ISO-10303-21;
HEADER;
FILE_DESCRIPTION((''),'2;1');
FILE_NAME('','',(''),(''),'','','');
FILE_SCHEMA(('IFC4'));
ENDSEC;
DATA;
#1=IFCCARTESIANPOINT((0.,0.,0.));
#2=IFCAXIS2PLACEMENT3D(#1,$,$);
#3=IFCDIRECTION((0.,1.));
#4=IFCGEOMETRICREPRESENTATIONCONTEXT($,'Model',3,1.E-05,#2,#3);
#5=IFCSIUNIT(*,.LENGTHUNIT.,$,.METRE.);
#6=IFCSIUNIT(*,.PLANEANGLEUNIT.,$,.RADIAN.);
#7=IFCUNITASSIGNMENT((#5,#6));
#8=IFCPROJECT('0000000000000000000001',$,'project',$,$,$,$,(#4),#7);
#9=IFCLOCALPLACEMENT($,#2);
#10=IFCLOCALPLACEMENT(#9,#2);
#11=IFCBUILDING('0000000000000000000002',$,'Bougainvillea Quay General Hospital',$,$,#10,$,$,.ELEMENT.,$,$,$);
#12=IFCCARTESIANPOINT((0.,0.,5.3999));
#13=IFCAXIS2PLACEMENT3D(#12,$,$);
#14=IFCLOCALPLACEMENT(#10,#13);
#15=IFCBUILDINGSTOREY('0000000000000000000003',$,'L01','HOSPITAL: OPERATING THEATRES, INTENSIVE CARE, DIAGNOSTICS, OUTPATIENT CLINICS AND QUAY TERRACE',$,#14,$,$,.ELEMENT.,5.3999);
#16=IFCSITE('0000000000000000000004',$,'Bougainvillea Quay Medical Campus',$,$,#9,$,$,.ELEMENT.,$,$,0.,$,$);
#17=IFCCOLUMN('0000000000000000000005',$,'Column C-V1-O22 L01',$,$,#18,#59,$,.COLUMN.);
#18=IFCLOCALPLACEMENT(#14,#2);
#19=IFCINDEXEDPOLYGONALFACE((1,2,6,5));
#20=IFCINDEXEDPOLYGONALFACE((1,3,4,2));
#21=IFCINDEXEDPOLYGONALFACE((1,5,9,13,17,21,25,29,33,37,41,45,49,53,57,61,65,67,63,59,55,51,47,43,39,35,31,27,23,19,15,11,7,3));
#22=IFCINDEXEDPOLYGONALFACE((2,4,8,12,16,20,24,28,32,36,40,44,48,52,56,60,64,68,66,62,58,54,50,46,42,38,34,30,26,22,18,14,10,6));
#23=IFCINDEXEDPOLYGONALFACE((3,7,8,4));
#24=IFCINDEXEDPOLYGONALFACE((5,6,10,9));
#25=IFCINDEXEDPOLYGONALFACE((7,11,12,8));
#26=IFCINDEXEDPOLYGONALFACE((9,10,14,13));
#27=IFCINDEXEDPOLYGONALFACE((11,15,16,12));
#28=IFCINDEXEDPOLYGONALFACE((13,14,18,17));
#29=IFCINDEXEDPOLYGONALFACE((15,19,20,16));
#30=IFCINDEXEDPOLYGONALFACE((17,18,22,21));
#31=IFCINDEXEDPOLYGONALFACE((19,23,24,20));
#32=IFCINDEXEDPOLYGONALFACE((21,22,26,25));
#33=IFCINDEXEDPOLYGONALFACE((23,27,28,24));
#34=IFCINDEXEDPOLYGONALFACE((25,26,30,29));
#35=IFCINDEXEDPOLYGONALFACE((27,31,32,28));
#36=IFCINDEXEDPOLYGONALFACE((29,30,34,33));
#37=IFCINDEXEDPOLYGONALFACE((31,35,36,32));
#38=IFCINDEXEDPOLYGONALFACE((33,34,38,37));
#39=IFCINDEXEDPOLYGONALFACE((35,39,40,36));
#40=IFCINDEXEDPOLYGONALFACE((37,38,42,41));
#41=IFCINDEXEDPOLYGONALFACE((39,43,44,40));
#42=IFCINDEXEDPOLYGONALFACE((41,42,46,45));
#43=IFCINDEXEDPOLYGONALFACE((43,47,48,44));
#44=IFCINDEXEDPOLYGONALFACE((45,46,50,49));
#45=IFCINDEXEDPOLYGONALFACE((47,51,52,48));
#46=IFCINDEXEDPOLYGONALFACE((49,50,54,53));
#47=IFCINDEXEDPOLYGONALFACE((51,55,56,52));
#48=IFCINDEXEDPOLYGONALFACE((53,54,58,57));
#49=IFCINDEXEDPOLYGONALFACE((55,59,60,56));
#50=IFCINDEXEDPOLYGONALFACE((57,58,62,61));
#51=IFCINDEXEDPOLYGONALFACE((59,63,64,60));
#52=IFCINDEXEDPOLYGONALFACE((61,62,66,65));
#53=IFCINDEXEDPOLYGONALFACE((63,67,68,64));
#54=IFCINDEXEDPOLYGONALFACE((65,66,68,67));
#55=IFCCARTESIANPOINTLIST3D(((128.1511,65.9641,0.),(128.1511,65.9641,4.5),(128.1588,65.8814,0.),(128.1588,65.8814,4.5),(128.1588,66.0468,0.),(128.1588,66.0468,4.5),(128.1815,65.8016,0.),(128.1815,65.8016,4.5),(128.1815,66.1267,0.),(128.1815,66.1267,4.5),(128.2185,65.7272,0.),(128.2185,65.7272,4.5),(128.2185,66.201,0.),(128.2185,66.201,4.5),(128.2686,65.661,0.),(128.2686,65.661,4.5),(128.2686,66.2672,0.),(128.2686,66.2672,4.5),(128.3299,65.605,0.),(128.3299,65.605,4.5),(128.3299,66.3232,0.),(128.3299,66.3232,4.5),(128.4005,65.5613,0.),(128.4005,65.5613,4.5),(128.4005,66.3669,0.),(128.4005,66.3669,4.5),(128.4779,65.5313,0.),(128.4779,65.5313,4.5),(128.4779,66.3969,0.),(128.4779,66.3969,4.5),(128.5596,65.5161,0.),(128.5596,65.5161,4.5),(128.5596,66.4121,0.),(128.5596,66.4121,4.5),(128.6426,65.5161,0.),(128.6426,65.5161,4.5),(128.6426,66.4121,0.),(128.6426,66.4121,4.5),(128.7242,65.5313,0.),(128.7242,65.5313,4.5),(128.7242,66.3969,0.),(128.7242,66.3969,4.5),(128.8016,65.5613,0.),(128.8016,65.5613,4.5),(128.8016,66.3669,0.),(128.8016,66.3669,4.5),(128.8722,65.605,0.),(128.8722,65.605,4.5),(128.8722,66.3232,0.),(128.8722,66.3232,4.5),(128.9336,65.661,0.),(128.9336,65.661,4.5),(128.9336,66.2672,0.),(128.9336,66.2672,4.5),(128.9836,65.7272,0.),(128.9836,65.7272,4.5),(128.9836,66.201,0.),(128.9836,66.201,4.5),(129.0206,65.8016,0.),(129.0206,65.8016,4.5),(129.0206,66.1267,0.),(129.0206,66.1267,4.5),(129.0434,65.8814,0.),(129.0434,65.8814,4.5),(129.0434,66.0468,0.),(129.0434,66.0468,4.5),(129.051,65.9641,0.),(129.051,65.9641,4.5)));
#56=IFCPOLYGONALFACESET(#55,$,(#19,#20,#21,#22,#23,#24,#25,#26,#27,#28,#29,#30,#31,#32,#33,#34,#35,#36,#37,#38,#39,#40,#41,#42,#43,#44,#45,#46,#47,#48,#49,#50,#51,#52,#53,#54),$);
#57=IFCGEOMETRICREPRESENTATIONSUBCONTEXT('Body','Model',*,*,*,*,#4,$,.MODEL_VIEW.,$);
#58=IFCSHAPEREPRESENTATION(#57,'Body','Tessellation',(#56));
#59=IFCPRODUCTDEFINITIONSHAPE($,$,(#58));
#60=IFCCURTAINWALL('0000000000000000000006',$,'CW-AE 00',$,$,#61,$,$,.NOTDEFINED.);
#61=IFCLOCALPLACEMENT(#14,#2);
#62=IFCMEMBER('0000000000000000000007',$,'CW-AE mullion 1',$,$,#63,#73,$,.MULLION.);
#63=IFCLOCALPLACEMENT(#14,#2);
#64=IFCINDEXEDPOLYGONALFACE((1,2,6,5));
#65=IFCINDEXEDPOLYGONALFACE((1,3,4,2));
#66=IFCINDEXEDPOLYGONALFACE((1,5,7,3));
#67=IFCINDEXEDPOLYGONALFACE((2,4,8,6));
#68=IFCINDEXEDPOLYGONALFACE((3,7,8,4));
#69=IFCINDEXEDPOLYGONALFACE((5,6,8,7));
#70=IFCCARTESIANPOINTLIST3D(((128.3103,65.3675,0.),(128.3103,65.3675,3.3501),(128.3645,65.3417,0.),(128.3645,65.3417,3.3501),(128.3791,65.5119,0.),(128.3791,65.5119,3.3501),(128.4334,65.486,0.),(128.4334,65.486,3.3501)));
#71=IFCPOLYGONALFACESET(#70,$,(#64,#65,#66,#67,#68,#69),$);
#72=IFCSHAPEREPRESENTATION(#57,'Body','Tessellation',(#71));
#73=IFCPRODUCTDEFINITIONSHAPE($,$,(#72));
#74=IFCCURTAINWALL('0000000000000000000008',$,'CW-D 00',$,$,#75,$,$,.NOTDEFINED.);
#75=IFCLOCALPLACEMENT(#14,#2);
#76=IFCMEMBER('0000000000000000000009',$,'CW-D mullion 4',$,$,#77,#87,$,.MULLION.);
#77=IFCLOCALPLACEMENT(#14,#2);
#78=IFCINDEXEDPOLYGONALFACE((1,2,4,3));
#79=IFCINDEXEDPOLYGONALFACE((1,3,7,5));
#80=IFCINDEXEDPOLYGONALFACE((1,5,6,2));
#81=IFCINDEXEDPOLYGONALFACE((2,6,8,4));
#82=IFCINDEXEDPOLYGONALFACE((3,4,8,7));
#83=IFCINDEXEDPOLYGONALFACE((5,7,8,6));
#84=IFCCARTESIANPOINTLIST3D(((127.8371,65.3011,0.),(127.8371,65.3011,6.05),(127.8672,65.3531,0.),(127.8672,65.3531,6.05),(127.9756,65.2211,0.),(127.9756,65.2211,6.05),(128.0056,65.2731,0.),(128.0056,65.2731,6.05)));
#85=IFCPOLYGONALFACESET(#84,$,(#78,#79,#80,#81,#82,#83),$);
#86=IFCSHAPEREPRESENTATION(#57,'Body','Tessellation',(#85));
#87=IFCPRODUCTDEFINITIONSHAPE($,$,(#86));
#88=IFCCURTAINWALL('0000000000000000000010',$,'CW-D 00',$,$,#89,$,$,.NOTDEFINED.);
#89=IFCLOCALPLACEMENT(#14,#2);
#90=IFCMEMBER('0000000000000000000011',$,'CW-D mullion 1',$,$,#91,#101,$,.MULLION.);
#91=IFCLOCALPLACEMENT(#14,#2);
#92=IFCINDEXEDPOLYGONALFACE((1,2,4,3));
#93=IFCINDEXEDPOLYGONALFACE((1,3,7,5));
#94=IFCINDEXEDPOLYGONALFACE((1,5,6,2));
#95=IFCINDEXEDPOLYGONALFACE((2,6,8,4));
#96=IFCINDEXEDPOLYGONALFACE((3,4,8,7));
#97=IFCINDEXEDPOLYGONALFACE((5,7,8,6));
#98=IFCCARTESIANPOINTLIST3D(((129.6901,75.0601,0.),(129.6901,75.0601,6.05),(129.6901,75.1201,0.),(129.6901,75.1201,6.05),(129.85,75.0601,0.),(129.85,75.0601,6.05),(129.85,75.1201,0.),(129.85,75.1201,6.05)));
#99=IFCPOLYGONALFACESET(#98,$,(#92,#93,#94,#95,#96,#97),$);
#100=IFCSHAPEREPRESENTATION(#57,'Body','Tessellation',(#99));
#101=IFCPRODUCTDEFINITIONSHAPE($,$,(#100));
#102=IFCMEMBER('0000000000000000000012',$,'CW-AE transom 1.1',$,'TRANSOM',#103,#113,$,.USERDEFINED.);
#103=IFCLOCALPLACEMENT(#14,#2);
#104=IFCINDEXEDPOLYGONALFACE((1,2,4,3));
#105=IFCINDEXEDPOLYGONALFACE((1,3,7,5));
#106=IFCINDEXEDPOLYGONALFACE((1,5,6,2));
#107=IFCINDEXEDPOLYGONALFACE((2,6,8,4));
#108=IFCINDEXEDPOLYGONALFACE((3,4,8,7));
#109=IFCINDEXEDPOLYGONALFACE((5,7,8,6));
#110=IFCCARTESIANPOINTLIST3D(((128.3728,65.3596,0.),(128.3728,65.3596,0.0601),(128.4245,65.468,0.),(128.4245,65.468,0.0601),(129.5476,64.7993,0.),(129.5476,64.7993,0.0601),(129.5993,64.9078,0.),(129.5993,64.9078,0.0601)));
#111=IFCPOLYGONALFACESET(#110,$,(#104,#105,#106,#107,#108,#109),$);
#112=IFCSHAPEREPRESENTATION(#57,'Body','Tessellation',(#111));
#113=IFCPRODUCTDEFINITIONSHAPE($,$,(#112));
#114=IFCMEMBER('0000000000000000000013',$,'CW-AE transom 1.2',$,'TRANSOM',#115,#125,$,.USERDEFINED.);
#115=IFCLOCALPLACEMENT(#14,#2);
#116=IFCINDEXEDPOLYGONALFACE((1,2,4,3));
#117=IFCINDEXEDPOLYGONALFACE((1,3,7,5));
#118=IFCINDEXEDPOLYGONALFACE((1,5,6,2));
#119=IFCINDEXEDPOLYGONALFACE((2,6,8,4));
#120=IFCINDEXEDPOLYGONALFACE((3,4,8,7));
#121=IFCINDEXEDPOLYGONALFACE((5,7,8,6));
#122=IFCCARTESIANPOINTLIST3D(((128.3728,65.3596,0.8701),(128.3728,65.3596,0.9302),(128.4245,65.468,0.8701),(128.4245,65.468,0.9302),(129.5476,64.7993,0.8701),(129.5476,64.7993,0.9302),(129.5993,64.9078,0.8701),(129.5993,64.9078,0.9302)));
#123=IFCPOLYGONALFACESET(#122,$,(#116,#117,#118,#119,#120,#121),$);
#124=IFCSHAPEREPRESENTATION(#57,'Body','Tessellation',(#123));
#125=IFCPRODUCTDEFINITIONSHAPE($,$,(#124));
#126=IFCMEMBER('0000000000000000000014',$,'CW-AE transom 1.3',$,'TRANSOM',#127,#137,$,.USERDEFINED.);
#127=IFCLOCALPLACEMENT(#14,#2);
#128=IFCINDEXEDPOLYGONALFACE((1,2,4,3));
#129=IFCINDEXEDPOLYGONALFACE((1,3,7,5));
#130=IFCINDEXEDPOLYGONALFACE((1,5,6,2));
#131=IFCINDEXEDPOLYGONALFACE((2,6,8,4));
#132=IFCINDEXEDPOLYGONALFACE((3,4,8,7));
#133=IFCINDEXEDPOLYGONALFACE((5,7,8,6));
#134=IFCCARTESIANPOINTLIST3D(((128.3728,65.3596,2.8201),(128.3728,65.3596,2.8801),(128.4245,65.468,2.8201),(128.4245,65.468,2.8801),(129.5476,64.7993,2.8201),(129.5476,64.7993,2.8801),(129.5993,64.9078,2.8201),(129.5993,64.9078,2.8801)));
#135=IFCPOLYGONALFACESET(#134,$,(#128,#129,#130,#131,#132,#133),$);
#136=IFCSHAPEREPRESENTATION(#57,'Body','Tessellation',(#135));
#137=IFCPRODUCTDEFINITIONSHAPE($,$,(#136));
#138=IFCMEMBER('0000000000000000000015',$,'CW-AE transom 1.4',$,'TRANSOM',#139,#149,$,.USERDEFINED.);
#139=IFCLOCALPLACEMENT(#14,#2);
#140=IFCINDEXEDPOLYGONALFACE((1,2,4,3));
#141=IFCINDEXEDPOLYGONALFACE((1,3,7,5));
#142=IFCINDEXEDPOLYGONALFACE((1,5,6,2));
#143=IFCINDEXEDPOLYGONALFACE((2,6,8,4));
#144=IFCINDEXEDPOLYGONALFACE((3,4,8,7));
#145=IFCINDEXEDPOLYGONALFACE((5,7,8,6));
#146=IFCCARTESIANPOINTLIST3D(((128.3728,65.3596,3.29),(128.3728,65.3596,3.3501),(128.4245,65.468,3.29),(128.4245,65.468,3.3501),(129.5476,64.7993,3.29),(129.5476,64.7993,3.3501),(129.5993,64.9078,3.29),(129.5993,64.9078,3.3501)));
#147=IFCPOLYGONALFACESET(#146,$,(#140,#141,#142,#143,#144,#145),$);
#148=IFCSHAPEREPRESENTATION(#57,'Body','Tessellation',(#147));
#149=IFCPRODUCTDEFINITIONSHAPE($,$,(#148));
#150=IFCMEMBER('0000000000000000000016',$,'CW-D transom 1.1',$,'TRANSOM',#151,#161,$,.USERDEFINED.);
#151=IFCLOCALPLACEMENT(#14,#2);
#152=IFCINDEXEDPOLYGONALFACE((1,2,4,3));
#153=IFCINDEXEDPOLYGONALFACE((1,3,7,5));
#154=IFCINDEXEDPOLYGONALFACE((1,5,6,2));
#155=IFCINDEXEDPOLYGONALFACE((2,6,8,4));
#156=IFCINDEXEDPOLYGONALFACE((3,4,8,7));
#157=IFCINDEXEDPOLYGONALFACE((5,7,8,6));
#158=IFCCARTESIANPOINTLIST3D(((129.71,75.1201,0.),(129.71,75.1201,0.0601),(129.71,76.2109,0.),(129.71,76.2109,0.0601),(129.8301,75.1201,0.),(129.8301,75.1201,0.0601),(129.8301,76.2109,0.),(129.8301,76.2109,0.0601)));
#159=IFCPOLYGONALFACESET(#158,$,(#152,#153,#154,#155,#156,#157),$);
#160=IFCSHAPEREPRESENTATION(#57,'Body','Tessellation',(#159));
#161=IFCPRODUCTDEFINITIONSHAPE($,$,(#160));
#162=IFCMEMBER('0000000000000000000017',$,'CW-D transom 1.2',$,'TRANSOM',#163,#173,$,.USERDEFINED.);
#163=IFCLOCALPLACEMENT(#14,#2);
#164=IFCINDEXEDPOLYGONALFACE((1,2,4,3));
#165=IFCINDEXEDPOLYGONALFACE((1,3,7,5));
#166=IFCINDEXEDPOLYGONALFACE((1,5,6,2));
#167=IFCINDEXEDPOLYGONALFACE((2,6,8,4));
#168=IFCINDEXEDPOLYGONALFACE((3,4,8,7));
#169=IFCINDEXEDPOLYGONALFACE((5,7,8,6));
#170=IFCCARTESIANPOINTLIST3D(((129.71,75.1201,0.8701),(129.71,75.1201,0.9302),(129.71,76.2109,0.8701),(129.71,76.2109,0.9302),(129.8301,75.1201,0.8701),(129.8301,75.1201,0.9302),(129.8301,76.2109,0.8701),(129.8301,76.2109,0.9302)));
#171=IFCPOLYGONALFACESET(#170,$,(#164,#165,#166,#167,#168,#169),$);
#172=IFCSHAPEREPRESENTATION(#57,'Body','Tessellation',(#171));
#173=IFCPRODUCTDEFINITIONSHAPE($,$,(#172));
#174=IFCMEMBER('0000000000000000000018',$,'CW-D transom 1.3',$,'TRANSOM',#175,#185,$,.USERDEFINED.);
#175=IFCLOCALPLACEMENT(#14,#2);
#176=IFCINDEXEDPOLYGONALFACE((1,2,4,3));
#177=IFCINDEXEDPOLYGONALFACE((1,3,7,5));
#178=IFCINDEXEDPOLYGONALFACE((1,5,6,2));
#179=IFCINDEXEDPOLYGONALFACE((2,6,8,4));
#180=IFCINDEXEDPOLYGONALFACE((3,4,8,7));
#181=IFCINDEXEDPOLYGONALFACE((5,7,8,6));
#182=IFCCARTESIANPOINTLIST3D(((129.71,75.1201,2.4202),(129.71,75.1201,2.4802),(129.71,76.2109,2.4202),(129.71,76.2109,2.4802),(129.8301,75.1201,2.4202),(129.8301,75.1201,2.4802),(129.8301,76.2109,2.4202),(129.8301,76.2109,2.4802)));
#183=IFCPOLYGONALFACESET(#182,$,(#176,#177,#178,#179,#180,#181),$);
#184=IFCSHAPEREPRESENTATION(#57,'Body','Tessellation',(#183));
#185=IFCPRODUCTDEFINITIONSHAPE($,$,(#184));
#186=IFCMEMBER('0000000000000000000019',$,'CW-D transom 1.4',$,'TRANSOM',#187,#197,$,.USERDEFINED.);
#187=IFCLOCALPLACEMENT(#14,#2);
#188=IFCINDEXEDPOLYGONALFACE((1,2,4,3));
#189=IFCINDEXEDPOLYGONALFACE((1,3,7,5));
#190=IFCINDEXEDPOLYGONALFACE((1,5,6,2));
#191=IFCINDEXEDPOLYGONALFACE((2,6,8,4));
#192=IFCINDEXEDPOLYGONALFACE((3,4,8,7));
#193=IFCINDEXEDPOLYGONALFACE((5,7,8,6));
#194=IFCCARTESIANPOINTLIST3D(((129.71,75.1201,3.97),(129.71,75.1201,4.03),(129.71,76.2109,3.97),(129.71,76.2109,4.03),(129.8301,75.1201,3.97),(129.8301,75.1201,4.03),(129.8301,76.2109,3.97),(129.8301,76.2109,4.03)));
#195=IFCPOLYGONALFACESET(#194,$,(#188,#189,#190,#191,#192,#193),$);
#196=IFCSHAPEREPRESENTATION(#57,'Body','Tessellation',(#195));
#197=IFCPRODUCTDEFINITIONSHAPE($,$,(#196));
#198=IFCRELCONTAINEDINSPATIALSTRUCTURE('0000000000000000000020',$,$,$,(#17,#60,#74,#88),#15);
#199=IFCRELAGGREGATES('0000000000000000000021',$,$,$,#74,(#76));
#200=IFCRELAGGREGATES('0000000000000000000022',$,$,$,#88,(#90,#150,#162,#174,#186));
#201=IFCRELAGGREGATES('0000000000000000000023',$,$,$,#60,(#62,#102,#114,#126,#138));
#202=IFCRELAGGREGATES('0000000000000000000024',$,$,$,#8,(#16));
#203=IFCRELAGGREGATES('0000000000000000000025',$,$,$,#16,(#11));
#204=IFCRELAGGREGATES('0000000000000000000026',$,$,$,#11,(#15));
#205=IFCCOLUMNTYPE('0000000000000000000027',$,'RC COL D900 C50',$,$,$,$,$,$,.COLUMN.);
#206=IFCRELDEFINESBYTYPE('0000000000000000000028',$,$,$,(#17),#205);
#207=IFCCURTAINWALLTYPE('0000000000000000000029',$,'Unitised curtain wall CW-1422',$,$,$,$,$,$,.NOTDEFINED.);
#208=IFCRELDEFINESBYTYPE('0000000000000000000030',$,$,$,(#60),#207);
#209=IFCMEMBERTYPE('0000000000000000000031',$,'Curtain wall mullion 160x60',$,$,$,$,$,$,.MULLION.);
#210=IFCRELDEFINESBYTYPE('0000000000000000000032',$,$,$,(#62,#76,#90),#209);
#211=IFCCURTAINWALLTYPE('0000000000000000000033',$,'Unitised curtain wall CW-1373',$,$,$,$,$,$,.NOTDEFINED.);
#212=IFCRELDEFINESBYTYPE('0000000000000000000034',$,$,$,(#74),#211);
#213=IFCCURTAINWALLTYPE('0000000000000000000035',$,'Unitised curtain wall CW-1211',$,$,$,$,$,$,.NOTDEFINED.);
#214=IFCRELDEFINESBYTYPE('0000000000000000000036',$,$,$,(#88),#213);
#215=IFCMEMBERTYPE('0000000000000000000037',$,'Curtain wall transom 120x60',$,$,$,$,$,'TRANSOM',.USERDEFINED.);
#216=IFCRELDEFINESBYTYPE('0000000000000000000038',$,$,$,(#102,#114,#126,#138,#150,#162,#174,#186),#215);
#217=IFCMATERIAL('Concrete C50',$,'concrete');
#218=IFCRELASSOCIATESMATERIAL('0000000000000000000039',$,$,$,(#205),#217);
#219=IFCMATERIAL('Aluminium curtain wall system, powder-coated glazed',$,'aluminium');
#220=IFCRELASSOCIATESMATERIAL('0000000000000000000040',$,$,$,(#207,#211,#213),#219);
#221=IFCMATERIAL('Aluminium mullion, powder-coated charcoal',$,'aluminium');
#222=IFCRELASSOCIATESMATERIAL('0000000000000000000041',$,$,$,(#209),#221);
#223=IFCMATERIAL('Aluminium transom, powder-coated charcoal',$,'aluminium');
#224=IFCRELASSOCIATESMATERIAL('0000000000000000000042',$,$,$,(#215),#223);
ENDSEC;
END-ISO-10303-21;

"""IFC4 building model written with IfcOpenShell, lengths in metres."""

from ifc_helpers import new_model, si_unit, direction, frame, origin, origin_2d, place, context, subcontext, project, spatial, rectangle, circle, extrude, material, material_profile, profile_set, type_object, element, aggregate, save


model = new_model("IFC4")

# Units and contexts
model_context = context("Model", 3, precision=1e-05, world=origin(), true_north=direction((0.0, 1.0)))
body_context = subcontext(model_context, "Body", "Model", "MODEL_VIEW")
ifc_project = project(units=[si_unit("LENGTHUNIT", "METRE"), si_unit("PLANEANGLEUNIT", "RADIAN")], contexts=[model_context])

# Site, building, storey
site_placement = place(None, origin())
site = spatial("IfcSite", under=ifc_project, at=site_placement, Name="Bougainvillea Quay Medical Campus", CompositionType="ELEMENT", RefElevation=0.0)
building_placement = place(site_placement, origin())
building = spatial("IfcBuilding", under=site, at=building_placement, Name="Bougainvillea Quay General Hospital", CompositionType="ELEMENT")
storey_placement = place(building_placement, frame((0.0, 0.0, 5.3999)))
storey = spatial("IfcBuildingStorey", under=building, at=storey_placement, Name="L01", Description="HOSPITAL: OPERATING THEATRES, INTENSIVE CARE, DIAGNOSTICS, OUTPATIENT CLINICS AND QUAY TERRACE", CompositionType="ELEMENT", Elevation=5.3999)

# Column
ifc_material_1 = material(Name="Concrete C50", Category="concrete")
ifc_material_profile_1 = material_profile(ifc_material_1, circle(Radius=0.45, at=origin_2d()))
ifc_profile_set_1 = profile_set([ifc_material_profile_1], Name="Concrete C50")
column_type = type_object("IfcColumnType", Name="RC COL D900 C50", PredefinedType="COLUMN", material=ifc_profile_set_1)
column_placement = place(storey_placement, frame((128.6011, 65.9641, 0.0), z_axis=(0.0, 0.0, 1.0), x_axis=(1.0, 0.0, 0.0)))
element("IfcColumn", 1, at=column_placement, inside=storey, type_object=column_type, Name="Column C-V1-O22 L01", PredefinedType="COLUMN", context=body_context, shape_type="SweptSolid", body=[
    extrude(circle(Radius=0.45, at=origin_2d()), origin(), (0.0, 0.0, 1.0), 4.5),
])

# Curtain walls, members
ifc_material_2 = material(Name="Aluminium curtain wall system, powder-coated glazed", Category="aluminium")
curtain_wall_type_1 = type_object("IfcCurtainWallType", Name="Unitised curtain wall CW-1422", PredefinedType="NOTDEFINED", material=ifc_material_2)
curtain_wall_1_placement = place(storey_placement, origin())
curtain_wall_1 = element("IfcCurtainWall", 2, at=curtain_wall_1_placement, inside=storey, type_object=curtain_wall_type_1, Name="CW-AE 00", PredefinedType="NOTDEFINED")
ifc_material_3 = material(Name="Aluminium mullion, powder-coated charcoal", Category="aluminium")
ifc_material_profile_2 = material_profile(ifc_material_3, rectangle(XDim=0.1599, YDim=0.0601, at=origin_2d()))
ifc_profile_set_2 = profile_set([ifc_material_profile_2], Name="Aluminium mullion, powder-coated charcoal")
member_type_1 = type_object("IfcMemberType", Name="Curtain wall mullion 160x60", PredefinedType="MULLION", material=ifc_profile_set_2)
member_1_placement = place(storey_placement, frame((128.3718, 65.4268, 0.0), z_axis=(0.0, 0.0, 1.0), x_axis=(0.430534, 0.902574, 0.0)))
member_1 = element("IfcMember", 3, at=member_1_placement, type_object=member_type_1, Name="CW-AE mullion 1", PredefinedType="MULLION", context=body_context, shape_type="SweptSolid", body=[
    extrude(rectangle(XDim=0.1599, YDim=0.0601, at=origin_2d()), origin(), (0.0, 0.0, 1.0), 3.3501),
])
curtain_wall_type_2 = type_object("IfcCurtainWallType", Name="Unitised curtain wall CW-1373", PredefinedType="NOTDEFINED", material=ifc_material_2)
curtain_wall_2_placement = place(storey_placement, origin())
curtain_wall_2 = element("IfcCurtainWall", 4, at=curtain_wall_2_placement, inside=storey, type_object=curtain_wall_type_2, Name="CW-D 00", PredefinedType="NOTDEFINED")
member_2_placement = place(storey_placement, frame((127.9214, 65.2871, 0.0), z_axis=(0.0, 0.0, 1.0), x_axis=(-0.866048, 0.499962, 0.0)))
member_2 = element("IfcMember", 5, at=member_2_placement, type_object=member_type_1, Name="CW-D mullion 4", PredefinedType="MULLION", context=body_context, shape_type="SweptSolid", body=[
    extrude(rectangle(XDim=0.1599, YDim=0.0601, at=origin_2d()), origin(), (0.0, 0.0, 1.0), 6.05),
])
aggregate(curtain_wall_2, [member_2])
curtain_wall_type_3 = type_object("IfcCurtainWallType", Name="Unitised curtain wall CW-1211", PredefinedType="NOTDEFINED", material=ifc_material_2)
curtain_wall_3_placement = place(storey_placement, origin())
curtain_wall_3 = element("IfcCurtainWall", 6, at=curtain_wall_3_placement, inside=storey, type_object=curtain_wall_type_3, Name="CW-D 00", PredefinedType="NOTDEFINED")
member_3_placement = place(storey_placement, frame((129.77, 75.0901, 0.0), z_axis=(0.0, 0.0, 1.0), x_axis=(-1.0, 0.0, 0.0)))
member_3 = element("IfcMember", 7, at=member_3_placement, type_object=member_type_1, Name="CW-D mullion 1", PredefinedType="MULLION", context=body_context, shape_type="SweptSolid", body=[
    extrude(rectangle(XDim=0.1599, YDim=0.0601, at=origin_2d()), origin(), (0.0, 0.0, 1.0), 6.05),
])

# Members
ifc_material_4 = material(Name="Aluminium transom, powder-coated charcoal", Category="aluminium")
ifc_material_profile_3 = material_profile(ifc_material_4, rectangle(XDim=0.1201, YDim=0.0601, at=origin_2d()))
ifc_profile_set_3 = profile_set([ifc_material_profile_3], Name="Aluminium transom, powder-coated charcoal")
member_type_2 = type_object("IfcMemberType", Name="Curtain wall transom 120x60", ElementType="TRANSOM", PredefinedType="USERDEFINED", material=ifc_profile_set_3)
member_4_placement = place(storey_placement, frame((128.3987, 65.4138, 0.03), z_axis=(0.9026, -0.43048, 0.0), x_axis=(0.43048, 0.9026, 0.0)))
member_4 = element("IfcMember", 8, at=member_4_placement, type_object=member_type_2, Name="CW-AE transom 1.1", ObjectType="TRANSOM", PredefinedType="USERDEFINED", context=body_context, shape_type="SweptSolid", body=[
    extrude(rectangle(XDim=0.1201, YDim=0.0601, at=origin_2d()), origin(), (0.0, 0.0, 1.0), 1.3015),
])
member_5_placement = place(storey_placement, frame((128.3987, 65.4138, 0.9001), z_axis=(0.9026, -0.43048, 0.0), x_axis=(0.43048, 0.9026, 0.0)))
member_5 = element("IfcMember", 9, at=member_5_placement, type_object=member_type_2, Name="CW-AE transom 1.2", ObjectType="TRANSOM", PredefinedType="USERDEFINED", context=body_context, shape_type="SweptSolid", body=[
    extrude(rectangle(XDim=0.1201, YDim=0.0601, at=origin_2d()), origin(), (0.0, 0.0, 1.0), 1.3015),
])
member_6_placement = place(storey_placement, frame((128.3987, 65.4138, 2.8501), z_axis=(0.9026, -0.43048, 0.0), x_axis=(0.43048, 0.9026, 0.0)))
member_6 = element("IfcMember", 10, at=member_6_placement, type_object=member_type_2, Name="CW-AE transom 1.3", ObjectType="TRANSOM", PredefinedType="USERDEFINED", context=body_context, shape_type="SweptSolid", body=[
    extrude(rectangle(XDim=0.1201, YDim=0.0601, at=origin_2d()), origin(), (0.0, 0.0, 1.0), 1.3015),
])
member_7_placement = place(storey_placement, frame((128.3987, 65.4138, 3.3201), z_axis=(0.9026, -0.43048, 0.0), x_axis=(0.43048, 0.9026, 0.0)))
member_7 = element("IfcMember", 11, at=member_7_placement, type_object=member_type_2, Name="CW-AE transom 1.4", ObjectType="TRANSOM", PredefinedType="USERDEFINED", context=body_context, shape_type="SweptSolid", body=[
    extrude(rectangle(XDim=0.1201, YDim=0.0601, at=origin_2d()), origin(), (0.0, 0.0, 1.0), 1.3015),
])
member_8_placement = place(storey_placement, frame((129.77, 75.1201, 0.03), z_axis=(0.0, 1.0, 0.0), x_axis=(-1.0, 0.0, 0.0)))
member_8 = element("IfcMember", 12, at=member_8_placement, type_object=member_type_2, Name="CW-D transom 1.1", ObjectType="TRANSOM", PredefinedType="USERDEFINED", context=body_context, shape_type="SweptSolid", body=[
    extrude(rectangle(XDim=0.1201, YDim=0.0601, at=origin_2d()), origin(), (0.0, 0.0, 1.0), 1.0908),
])
member_9_placement = place(storey_placement, frame((129.77, 75.1201, 0.9001), z_axis=(0.0, 1.0, 0.0), x_axis=(-1.0, 0.0, 0.0)))
member_9 = element("IfcMember", 13, at=member_9_placement, type_object=member_type_2, Name="CW-D transom 1.2", ObjectType="TRANSOM", PredefinedType="USERDEFINED", context=body_context, shape_type="SweptSolid", body=[
    extrude(rectangle(XDim=0.1201, YDim=0.0601, at=origin_2d()), origin(), (0.0, 0.0, 1.0), 1.0908),
])
member_10_placement = place(storey_placement, frame((129.77, 75.1201, 2.4502), z_axis=(0.0, 1.0, 0.0), x_axis=(-1.0, 0.0, 0.0)))
member_10 = element("IfcMember", 14, at=member_10_placement, type_object=member_type_2, Name="CW-D transom 1.3", ObjectType="TRANSOM", PredefinedType="USERDEFINED", context=body_context, shape_type="SweptSolid", body=[
    extrude(rectangle(XDim=0.1201, YDim=0.0601, at=origin_2d()), origin(), (0.0, 0.0, 1.0), 1.0908),
])
member_11_placement = place(storey_placement, frame((129.77, 75.1201, 4.0), z_axis=(0.0, 1.0, 0.0), x_axis=(-1.0, 0.0, 0.0)))
member_11 = element("IfcMember", 15, at=member_11_placement, type_object=member_type_2, Name="CW-D transom 1.4", ObjectType="TRANSOM", PredefinedType="USERDEFINED", context=body_context, shape_type="SweptSolid", body=[
    extrude(rectangle(XDim=0.1201, YDim=0.0601, at=origin_2d()), origin(), (0.0, 0.0, 1.0), 1.0908),
])
aggregate(curtain_wall_3, [member_3, member_8, member_9, member_10, member_11])

aggregate(curtain_wall_1, [member_1, member_4, member_5, member_6, member_7])

save(model, "model.ifc")
